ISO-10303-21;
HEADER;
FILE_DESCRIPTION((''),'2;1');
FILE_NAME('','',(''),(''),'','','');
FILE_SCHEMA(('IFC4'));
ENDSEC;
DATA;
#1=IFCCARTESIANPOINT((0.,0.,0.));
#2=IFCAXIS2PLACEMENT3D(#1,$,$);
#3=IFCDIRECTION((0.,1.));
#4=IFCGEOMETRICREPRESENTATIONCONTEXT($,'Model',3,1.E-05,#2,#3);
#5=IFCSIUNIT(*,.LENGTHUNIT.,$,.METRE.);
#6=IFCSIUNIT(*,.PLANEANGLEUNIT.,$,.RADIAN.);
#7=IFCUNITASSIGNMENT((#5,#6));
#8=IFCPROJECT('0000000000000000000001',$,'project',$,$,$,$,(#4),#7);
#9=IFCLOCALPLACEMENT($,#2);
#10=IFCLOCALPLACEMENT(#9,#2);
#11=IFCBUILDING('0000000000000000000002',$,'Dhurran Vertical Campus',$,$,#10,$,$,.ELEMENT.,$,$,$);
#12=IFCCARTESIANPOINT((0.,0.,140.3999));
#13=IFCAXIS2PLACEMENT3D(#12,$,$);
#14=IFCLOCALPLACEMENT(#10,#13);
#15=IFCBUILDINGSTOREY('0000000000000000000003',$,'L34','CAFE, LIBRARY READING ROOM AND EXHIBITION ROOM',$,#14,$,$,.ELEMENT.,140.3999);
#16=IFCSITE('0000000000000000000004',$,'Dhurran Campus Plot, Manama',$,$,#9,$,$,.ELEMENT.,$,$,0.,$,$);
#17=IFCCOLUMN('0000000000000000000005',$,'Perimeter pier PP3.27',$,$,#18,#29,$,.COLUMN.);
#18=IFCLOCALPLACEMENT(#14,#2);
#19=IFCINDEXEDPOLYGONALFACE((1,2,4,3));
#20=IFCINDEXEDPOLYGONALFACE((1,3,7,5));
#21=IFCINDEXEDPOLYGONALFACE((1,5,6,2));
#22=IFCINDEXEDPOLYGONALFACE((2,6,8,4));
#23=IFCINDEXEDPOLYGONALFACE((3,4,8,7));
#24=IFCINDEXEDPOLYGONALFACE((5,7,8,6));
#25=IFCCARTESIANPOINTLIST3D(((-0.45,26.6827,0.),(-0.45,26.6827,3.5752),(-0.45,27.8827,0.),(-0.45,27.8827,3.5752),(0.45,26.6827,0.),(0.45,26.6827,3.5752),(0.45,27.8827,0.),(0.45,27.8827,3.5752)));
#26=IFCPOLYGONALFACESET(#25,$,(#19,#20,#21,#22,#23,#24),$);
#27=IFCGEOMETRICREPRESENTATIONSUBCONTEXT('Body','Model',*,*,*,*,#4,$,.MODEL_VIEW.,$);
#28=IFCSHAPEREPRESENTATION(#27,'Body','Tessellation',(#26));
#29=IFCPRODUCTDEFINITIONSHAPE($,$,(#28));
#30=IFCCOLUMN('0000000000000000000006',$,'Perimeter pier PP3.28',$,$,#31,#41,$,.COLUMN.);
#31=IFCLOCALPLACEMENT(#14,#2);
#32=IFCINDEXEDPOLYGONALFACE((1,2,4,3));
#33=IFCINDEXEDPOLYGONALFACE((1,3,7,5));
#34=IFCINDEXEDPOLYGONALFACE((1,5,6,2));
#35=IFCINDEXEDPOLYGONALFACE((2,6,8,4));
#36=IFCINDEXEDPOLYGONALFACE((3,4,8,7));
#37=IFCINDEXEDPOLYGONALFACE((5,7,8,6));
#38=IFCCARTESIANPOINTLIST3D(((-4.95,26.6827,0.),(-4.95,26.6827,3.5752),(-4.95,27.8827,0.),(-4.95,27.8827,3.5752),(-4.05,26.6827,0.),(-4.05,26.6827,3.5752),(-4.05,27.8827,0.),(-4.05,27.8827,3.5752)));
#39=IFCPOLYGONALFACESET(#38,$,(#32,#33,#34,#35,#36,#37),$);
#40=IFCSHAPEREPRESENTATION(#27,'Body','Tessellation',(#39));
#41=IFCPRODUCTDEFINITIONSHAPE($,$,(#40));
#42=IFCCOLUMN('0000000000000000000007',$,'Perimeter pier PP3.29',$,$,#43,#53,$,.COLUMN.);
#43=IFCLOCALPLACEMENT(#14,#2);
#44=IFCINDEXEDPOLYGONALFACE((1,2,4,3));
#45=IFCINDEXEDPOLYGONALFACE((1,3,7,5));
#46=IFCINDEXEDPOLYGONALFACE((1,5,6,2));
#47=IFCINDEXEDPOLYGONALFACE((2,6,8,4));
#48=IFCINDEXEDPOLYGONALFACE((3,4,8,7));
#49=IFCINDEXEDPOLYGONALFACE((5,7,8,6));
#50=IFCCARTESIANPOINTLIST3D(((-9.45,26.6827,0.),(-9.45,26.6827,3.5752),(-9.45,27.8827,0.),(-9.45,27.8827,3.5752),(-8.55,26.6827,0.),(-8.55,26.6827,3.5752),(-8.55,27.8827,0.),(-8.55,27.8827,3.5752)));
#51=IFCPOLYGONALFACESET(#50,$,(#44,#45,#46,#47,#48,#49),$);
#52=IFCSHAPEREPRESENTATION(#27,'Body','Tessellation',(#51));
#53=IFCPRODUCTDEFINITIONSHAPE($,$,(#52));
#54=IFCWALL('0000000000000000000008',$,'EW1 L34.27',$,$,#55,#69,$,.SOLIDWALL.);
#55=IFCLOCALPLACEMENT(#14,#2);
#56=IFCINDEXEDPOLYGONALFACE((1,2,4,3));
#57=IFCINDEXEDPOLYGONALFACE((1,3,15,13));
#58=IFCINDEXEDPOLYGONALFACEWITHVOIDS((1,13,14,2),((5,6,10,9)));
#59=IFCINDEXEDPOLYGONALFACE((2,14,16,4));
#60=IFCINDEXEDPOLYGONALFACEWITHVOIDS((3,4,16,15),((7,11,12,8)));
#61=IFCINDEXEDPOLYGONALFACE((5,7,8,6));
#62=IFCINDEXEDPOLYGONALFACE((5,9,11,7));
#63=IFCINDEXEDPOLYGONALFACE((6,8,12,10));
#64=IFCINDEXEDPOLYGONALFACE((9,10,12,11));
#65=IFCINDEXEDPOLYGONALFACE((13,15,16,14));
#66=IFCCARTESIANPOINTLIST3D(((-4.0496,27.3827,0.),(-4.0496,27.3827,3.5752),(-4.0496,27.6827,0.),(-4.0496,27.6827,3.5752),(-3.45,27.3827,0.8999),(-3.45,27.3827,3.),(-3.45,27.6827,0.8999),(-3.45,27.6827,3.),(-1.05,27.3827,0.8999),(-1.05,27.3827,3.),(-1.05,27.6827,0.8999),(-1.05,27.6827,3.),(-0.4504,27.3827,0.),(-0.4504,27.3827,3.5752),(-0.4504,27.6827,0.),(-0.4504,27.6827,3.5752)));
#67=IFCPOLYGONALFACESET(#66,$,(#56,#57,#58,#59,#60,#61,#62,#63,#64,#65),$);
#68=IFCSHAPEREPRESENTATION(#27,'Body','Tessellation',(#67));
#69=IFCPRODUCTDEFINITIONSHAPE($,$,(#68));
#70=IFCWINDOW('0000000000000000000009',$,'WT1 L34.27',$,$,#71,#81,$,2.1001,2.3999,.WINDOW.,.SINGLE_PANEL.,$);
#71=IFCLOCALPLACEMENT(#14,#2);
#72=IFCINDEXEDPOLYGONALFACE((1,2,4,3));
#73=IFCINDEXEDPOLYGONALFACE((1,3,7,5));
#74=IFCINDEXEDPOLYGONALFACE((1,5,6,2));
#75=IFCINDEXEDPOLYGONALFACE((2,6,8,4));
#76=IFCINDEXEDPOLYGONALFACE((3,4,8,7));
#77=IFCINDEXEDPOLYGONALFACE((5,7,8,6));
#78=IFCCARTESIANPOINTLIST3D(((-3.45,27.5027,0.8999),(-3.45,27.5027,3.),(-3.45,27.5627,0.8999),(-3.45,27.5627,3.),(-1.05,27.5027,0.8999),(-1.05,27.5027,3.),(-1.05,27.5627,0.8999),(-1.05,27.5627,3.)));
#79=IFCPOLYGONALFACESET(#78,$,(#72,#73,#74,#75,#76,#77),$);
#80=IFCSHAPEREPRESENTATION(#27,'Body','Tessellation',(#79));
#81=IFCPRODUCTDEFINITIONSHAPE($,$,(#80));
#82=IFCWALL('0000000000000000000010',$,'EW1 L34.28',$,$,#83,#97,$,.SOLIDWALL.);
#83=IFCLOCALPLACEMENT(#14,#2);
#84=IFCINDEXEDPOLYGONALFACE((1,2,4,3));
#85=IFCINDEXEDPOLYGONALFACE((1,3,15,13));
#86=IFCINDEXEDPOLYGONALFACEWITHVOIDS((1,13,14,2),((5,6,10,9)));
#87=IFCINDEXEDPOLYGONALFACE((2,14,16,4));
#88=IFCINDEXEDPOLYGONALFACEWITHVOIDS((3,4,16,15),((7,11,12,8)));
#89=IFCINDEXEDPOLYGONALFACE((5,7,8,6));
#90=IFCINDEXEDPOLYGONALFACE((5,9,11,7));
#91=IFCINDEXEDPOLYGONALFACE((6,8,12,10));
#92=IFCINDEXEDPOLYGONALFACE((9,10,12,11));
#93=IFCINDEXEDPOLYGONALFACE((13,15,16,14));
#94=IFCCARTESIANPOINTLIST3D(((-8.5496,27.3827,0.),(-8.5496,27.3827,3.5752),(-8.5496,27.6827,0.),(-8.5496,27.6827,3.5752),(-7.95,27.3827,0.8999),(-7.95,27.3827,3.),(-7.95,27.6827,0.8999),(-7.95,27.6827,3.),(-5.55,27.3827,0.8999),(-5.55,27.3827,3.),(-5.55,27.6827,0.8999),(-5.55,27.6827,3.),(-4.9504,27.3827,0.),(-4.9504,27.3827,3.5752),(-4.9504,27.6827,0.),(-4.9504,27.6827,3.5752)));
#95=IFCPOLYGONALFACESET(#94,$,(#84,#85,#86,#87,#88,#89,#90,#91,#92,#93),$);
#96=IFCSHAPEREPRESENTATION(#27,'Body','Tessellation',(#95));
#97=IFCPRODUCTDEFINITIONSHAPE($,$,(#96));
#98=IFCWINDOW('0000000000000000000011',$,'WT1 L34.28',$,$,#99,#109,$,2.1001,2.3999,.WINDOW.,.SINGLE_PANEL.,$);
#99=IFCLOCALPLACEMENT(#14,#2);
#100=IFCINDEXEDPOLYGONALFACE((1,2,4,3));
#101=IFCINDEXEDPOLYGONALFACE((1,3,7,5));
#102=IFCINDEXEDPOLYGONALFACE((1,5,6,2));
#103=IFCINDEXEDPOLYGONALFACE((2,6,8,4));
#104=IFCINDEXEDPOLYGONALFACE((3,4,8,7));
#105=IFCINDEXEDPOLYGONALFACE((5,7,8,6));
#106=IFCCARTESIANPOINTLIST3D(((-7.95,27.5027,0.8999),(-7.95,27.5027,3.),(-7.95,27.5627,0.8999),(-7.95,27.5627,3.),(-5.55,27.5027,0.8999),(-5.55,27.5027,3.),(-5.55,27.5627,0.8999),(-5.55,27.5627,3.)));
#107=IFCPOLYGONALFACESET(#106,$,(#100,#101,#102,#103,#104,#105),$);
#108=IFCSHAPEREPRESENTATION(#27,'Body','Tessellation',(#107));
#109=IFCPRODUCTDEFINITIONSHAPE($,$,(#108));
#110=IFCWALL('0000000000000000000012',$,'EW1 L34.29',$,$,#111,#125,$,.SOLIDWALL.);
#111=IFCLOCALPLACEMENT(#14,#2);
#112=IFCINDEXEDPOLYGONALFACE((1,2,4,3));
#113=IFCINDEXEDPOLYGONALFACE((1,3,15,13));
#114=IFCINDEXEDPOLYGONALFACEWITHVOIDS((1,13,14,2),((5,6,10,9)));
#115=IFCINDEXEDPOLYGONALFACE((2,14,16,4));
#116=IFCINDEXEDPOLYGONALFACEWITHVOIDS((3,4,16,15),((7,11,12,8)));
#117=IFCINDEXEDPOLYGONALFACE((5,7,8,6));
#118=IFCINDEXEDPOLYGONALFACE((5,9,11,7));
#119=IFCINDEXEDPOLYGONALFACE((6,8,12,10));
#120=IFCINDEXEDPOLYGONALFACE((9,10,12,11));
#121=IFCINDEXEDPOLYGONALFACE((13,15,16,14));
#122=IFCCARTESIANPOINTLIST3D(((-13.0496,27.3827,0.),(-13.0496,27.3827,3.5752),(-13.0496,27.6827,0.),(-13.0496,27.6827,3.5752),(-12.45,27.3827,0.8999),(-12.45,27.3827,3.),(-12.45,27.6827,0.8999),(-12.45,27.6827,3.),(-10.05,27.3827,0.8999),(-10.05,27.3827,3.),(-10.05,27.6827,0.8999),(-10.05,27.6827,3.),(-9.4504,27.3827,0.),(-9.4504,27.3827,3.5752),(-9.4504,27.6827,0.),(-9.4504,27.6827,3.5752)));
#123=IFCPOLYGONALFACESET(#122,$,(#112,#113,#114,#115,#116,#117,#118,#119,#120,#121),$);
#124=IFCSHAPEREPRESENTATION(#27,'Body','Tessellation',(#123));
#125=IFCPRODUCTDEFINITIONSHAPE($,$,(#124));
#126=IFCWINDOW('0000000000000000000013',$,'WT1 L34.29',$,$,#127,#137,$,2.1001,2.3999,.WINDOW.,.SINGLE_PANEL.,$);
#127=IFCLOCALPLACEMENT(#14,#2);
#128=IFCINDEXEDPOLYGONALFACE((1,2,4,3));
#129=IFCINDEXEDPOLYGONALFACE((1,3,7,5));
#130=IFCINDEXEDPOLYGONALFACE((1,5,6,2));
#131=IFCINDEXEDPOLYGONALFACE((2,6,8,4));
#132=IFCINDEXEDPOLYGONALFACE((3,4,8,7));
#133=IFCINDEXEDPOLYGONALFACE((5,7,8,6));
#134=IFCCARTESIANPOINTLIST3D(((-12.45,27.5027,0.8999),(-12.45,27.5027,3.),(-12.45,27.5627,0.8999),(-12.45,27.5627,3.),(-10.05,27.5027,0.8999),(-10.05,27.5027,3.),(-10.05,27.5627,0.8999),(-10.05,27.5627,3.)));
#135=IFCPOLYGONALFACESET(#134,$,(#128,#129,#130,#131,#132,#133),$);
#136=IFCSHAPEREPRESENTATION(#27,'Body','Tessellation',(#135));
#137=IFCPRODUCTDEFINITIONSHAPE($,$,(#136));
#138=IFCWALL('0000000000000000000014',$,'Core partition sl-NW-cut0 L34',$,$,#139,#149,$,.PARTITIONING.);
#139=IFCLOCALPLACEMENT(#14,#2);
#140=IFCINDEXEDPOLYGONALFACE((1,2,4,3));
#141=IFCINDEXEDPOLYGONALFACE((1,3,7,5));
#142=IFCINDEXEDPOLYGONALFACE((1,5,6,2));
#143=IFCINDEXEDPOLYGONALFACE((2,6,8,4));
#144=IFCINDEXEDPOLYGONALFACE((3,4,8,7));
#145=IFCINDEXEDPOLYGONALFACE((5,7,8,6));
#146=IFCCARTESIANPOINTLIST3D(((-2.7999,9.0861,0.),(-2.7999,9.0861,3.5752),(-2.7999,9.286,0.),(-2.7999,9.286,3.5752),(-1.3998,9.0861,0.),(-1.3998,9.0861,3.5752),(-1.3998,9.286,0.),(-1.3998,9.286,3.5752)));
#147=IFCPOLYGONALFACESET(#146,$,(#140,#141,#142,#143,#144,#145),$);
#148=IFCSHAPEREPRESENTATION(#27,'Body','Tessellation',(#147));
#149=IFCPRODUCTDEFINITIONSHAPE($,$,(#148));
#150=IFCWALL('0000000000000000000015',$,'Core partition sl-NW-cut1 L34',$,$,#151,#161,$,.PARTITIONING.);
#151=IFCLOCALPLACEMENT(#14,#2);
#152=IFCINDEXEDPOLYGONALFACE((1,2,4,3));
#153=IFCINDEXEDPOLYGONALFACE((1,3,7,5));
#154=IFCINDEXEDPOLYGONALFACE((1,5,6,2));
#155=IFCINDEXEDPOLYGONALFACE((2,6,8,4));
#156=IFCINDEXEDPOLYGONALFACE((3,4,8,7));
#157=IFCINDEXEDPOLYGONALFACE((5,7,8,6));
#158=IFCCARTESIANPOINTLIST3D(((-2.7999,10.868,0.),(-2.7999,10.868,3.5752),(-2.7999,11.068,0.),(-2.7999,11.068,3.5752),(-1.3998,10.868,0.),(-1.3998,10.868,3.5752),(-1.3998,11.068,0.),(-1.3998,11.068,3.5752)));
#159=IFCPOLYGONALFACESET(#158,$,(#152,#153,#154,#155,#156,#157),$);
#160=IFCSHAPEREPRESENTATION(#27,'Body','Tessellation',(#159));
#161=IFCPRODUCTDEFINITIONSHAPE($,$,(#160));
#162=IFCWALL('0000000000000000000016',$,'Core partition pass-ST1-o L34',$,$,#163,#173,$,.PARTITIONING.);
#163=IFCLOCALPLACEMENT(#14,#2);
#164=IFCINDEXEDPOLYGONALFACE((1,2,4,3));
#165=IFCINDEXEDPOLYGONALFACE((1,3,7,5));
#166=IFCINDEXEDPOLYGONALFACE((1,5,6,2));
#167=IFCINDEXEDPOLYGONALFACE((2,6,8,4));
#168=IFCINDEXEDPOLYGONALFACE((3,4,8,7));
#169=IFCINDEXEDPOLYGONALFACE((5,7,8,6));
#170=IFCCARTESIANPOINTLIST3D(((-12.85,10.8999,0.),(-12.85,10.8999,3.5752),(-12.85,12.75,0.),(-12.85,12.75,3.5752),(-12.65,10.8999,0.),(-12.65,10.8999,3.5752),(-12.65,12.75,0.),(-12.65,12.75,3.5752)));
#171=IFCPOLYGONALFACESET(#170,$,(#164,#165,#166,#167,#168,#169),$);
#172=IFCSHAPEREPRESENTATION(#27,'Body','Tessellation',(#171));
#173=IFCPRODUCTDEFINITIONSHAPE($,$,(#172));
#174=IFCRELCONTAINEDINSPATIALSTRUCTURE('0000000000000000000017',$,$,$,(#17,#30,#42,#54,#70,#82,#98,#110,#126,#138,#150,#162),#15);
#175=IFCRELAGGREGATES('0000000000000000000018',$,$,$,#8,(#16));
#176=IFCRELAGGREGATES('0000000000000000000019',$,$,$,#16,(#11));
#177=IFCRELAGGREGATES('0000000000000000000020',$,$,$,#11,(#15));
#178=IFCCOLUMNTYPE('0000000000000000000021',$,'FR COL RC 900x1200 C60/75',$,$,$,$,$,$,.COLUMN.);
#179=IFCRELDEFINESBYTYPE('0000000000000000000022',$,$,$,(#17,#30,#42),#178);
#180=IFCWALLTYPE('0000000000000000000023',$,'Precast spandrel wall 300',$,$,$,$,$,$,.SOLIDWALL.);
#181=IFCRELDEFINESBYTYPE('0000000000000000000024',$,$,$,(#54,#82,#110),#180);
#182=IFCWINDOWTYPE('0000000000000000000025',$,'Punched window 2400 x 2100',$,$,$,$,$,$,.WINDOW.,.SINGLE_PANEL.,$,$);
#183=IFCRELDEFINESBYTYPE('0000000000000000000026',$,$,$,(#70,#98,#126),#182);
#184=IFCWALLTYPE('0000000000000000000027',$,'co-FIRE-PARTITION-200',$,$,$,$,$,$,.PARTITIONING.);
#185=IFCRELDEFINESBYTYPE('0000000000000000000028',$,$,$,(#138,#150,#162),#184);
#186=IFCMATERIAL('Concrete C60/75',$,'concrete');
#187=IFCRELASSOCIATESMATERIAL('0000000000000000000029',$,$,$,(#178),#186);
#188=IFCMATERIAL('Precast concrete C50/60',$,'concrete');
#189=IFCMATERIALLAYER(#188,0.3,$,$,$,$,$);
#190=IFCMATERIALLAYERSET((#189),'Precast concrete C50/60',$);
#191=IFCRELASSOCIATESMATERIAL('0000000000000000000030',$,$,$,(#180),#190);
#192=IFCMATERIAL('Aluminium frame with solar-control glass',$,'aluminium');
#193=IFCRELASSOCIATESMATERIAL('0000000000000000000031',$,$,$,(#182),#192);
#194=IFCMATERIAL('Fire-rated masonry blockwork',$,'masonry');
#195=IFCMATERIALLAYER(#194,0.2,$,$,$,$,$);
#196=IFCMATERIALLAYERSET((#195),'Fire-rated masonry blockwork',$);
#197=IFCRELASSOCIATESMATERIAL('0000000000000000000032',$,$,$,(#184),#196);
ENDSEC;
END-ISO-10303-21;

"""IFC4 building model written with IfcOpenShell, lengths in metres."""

from ifc_helpers import new_model, si_unit, direction, frame, frame_2d, origin, origin_2d, place, context, subcontext, project, spatial, rectangle, extrude, material, layer, layer_set, material_profile, profile_set, type_object, element, fill, save


model = new_model("IFC4")

# Units and contexts
model_context = context("Model", 3, precision=1e-05, world=origin(), true_north=direction((0.0, 1.0)))
body_context = subcontext(model_context, "Body", "Model", "MODEL_VIEW")
ifc_project = project(units=[si_unit("LENGTHUNIT", "METRE"), si_unit("PLANEANGLEUNIT", "RADIAN")], contexts=[model_context])

# Site, building, storey
site_placement = place(None, origin())
site = spatial("IfcSite", under=ifc_project, at=site_placement, Name="Dhurran Campus Plot, Manama", CompositionType="ELEMENT", RefElevation=0.0)
building_placement = place(site_placement, origin())
building = spatial("IfcBuilding", under=site, at=building_placement, Name="Dhurran Vertical Campus", CompositionType="ELEMENT")
storey_placement = place(building_placement, frame((0.0, 0.0, 140.3999)))
storey = spatial("IfcBuildingStorey", under=building, at=storey_placement, Name="L34", Description="CAFE, LIBRARY READING ROOM AND EXHIBITION ROOM", CompositionType="ELEMENT", Elevation=140.3999)

# Columns
ifc_material_1 = material(Name="Concrete C60/75", Category="concrete")
ifc_material_profile = material_profile(ifc_material_1, rectangle(XDim=0.8999, YDim=1.2, at=origin_2d()), Name="RC 900x1200")
ifc_profile_set = profile_set([ifc_material_profile], Name="Concrete C60/75")
column_type = type_object("IfcColumnType", Name="FR COL RC 900x1200 C60/75", PredefinedType="COLUMN", material=ifc_profile_set)
for number, where, z_axis, x_axis, name in (
    (1, (0.0, 27.2827, 0.0), (0.0, 0.0, 1.0), (-1.0, 0.0, 0.0), "Perimeter pier PP3.27"),
    (2, (-4.5, 27.2827, 0.0), (0.0, 0.0, 1.0), (-1.0, 0.0, 0.0), "Perimeter pier PP3.28"),
    (3, (-9.0, 27.2827, 0.0), (0.0, 0.0, 1.0), (-1.0, 0.0, 0.0), "Perimeter pier PP3.29"),
):
    element("IfcColumn", number, at=place(storey_placement, frame(where, z_axis=z_axis, x_axis=x_axis)), inside=storey, type_object=column_type, Name=name, PredefinedType="COLUMN", context=body_context, shape_type="SweptSolid", body=[
        extrude(rectangle(XDim=0.8999, YDim=1.2, at=origin_2d()), origin(), (0.0, 0.0, 1.0), 3.5752),
    ])

# Walls, openings, windows
ifc_material_2 = material(Name="Precast concrete C50/60", Category="concrete")
ifc_layer_1 = layer(ifc_material_2, 0.3)
ifc_layer_set_1 = layer_set([ifc_layer_1], Name="Precast concrete C50/60")
wall_type_1 = type_object("IfcWallType", Name="Precast spandrel wall 300", PredefinedType="SOLIDWALL", material=ifc_layer_set_1)
wall_1_placement = place(storey_placement, frame((-0.4504, 27.5327, 0.0), z_axis=(0.0, 0.0, 1.0), x_axis=(-1.0, 0.0, 0.0)))
wall_1 = element("IfcWall", 4, at=wall_1_placement, inside=storey, type_object=wall_type_1, Name="EW1 L34.27", PredefinedType="SOLIDWALL", context=body_context, shape_type="SweptSolid", body=[
    extrude(rectangle(XDim=3.5991, YDim=0.3, at=frame_2d((1.7996, 0.0))), origin(), (0.0, 0.0, 1.0), 3.5752),
])
opening_1_placement = place(wall_1_placement, frame((0.5996, 0.0, 0.8999)))
opening_1 = element("IfcOpeningElement", 5, at=opening_1_placement, cuts=wall_1, PredefinedType="OPENING", context=body_context, shape_type="SweptSolid", body=[
    extrude(rectangle(XDim=2.3999, YDim=2.1001, at=frame_2d((1.2, 1.05))), frame((0.0, 0.1599, 0.0), z_axis=(0.0, -1.0, 0.0), x_axis=(1.0, 0.0, 0.0)), (0.0, 0.0, 1.0), 0.3201),
])
ifc_material_3 = material(Name="Aluminium frame with solar-control glass", Category="aluminium")
window_type = type_object("IfcWindowType", Name="Punched window 2400 x 2100", PartitioningType="SINGLE_PANEL", PredefinedType="WINDOW", material=ifc_material_3)
window_1_placement = place(opening_1_placement, origin())
window_1 = element("IfcWindow", 6, at=window_1_placement, inside=storey, type_object=window_type, Name="WT1 L34.27", OverallHeight=2.1001, OverallWidth=2.3999, PartitioningType="SINGLE_PANEL", PredefinedType="WINDOW", context=body_context, shape_type="SweptSolid", body=[
    extrude(rectangle(XDim=2.3999, YDim=2.1001, at=frame_2d((1.2, 1.05))), frame((0.0, 0.03, 0.0), z_axis=(0.0, -1.0, 0.0), x_axis=(1.0, 0.0, 0.0)), (0.0, 0.0, 1.0), 0.0601),
])
fill(opening_1, window_1)
wall_2_placement = place(storey_placement, frame((-4.9504, 27.5327, 0.0), z_axis=(0.0, 0.0, 1.0), x_axis=(-1.0, 0.0, 0.0)))
wall_2 = element("IfcWall", 7, at=wall_2_placement, inside=storey, type_object=wall_type_1, Name="EW1 L34.28", PredefinedType="SOLIDWALL", context=body_context, shape_type="SweptSolid", body=[
    extrude(rectangle(XDim=3.5991, YDim=0.3, at=frame_2d((1.7996, 0.0))), origin(), (0.0, 0.0, 1.0), 3.5752),
])
opening_2_placement = place(wall_2_placement, frame((0.5996, 0.0, 0.8999)))
opening_2 = element("IfcOpeningElement", 8, at=opening_2_placement, cuts=wall_2, PredefinedType="OPENING", context=body_context, shape_type="SweptSolid", body=[
    extrude(rectangle(XDim=2.3999, YDim=2.1001, at=frame_2d((1.2, 1.05))), frame((0.0, 0.1599, 0.0), z_axis=(0.0, -1.0, 0.0), x_axis=(1.0, 0.0, 0.0)), (0.0, 0.0, 1.0), 0.3201),
])
window_2_placement = place(opening_2_placement, origin())
window_2 = element("IfcWindow", 9, at=window_2_placement, inside=storey, type_object=window_type, Name="WT1 L34.28", OverallHeight=2.1001, OverallWidth=2.3999, PartitioningType="SINGLE_PANEL", PredefinedType="WINDOW", context=body_context, shape_type="SweptSolid", body=[
    extrude(rectangle(XDim=2.3999, YDim=2.1001, at=frame_2d((1.2, 1.05))), frame((0.0, 0.03, 0.0), z_axis=(0.0, -1.0, 0.0), x_axis=(1.0, 0.0, 0.0)), (0.0, 0.0, 1.0), 0.0601),
])
fill(opening_2, window_2)
wall_3_placement = place(storey_placement, frame((-9.4504, 27.5327, 0.0), z_axis=(0.0, 0.0, 1.0), x_axis=(-1.0, 0.0, 0.0)))
wall_3 = element("IfcWall", 10, at=wall_3_placement, inside=storey, type_object=wall_type_1, Name="EW1 L34.29", PredefinedType="SOLIDWALL", context=body_context, shape_type="SweptSolid", body=[
    extrude(rectangle(XDim=3.5991, YDim=0.3, at=frame_2d((1.7996, 0.0))), origin(), (0.0, 0.0, 1.0), 3.5752),
])
opening_3_placement = place(wall_3_placement, frame((0.5996, 0.0, 0.8999)))
opening_3 = element("IfcOpeningElement", 11, at=opening_3_placement, cuts=wall_3, PredefinedType="OPENING", context=body_context, shape_type="SweptSolid", body=[
    extrude(rectangle(XDim=2.3999, YDim=2.1001, at=frame_2d((1.2, 1.05))), frame((0.0, 0.1599, 0.0), z_axis=(0.0, -1.0, 0.0), x_axis=(1.0, 0.0, 0.0)), (0.0, 0.0, 1.0), 0.3201),
])
window_3_placement = place(opening_3_placement, origin())
window_3 = element("IfcWindow", 12, at=window_3_placement, inside=storey, type_object=window_type, Name="WT1 L34.29", OverallHeight=2.1001, OverallWidth=2.3999, PartitioningType="SINGLE_PANEL", PredefinedType="WINDOW", context=body_context, shape_type="SweptSolid", body=[
    extrude(rectangle(XDim=2.3999, YDim=2.1001, at=frame_2d((1.2, 1.05))), frame((0.0, 0.03, 0.0), z_axis=(0.0, -1.0, 0.0), x_axis=(1.0, 0.0, 0.0)), (0.0, 0.0, 1.0), 0.0601),
])
fill(opening_3, window_3)

# Walls
ifc_material_4 = material(Name="Fire-rated masonry blockwork", Category="masonry")
ifc_layer_2 = layer(ifc_material_4, 0.2)
ifc_layer_set_2 = layer_set([ifc_layer_2], Name="Fire-rated masonry blockwork")
wall_type_2 = type_object("IfcWallType", Name="co-FIRE-PARTITION-200", PredefinedType="PARTITIONING", material=ifc_layer_set_2)
for number, where, z_axis, x_axis, name in (
    (13, (-2.8, 9.186, 0.0), (0.0, 0.0, 1.0), (1.0, 0.0, 0.0), "Core partition sl-NW-cut0 L34"),
    (14, (-2.8, 10.968, 0.0), (0.0, 0.0, 1.0), (1.0, 0.0, 0.0), "Core partition sl-NW-cut1 L34"),
):
    element("IfcWall", number, at=place(storey_placement, frame(where, z_axis=z_axis, x_axis=x_axis)), inside=storey, type_object=wall_type_2, Name=name, PredefinedType="PARTITIONING", context=body_context, shape_type="SweptSolid", body=[
        extrude(rectangle(XDim=1.4001, YDim=0.2, at=frame_2d((0.7002, 0.0))), origin(), (0.0, 0.0, 1.0), 3.5752),
    ])
wall_4_placement = place(storey_placement, frame((-12.75, 10.8999, 0.0), z_axis=(0.0, 0.0, 1.0), x_axis=(0.0, 1.0, 0.0)))
element("IfcWall", 15, at=wall_4_placement, inside=storey, type_object=wall_type_2, Name="Core partition pass-ST1-o L34", PredefinedType="PARTITIONING", context=body_context, shape_type="SweptSolid", body=[
    extrude(rectangle(XDim=1.8501, YDim=0.2, at=frame_2d((0.925, 0.0))), origin(), (0.0, 0.0, 1.0), 3.5752),
])

save(model, "model.ifc")
